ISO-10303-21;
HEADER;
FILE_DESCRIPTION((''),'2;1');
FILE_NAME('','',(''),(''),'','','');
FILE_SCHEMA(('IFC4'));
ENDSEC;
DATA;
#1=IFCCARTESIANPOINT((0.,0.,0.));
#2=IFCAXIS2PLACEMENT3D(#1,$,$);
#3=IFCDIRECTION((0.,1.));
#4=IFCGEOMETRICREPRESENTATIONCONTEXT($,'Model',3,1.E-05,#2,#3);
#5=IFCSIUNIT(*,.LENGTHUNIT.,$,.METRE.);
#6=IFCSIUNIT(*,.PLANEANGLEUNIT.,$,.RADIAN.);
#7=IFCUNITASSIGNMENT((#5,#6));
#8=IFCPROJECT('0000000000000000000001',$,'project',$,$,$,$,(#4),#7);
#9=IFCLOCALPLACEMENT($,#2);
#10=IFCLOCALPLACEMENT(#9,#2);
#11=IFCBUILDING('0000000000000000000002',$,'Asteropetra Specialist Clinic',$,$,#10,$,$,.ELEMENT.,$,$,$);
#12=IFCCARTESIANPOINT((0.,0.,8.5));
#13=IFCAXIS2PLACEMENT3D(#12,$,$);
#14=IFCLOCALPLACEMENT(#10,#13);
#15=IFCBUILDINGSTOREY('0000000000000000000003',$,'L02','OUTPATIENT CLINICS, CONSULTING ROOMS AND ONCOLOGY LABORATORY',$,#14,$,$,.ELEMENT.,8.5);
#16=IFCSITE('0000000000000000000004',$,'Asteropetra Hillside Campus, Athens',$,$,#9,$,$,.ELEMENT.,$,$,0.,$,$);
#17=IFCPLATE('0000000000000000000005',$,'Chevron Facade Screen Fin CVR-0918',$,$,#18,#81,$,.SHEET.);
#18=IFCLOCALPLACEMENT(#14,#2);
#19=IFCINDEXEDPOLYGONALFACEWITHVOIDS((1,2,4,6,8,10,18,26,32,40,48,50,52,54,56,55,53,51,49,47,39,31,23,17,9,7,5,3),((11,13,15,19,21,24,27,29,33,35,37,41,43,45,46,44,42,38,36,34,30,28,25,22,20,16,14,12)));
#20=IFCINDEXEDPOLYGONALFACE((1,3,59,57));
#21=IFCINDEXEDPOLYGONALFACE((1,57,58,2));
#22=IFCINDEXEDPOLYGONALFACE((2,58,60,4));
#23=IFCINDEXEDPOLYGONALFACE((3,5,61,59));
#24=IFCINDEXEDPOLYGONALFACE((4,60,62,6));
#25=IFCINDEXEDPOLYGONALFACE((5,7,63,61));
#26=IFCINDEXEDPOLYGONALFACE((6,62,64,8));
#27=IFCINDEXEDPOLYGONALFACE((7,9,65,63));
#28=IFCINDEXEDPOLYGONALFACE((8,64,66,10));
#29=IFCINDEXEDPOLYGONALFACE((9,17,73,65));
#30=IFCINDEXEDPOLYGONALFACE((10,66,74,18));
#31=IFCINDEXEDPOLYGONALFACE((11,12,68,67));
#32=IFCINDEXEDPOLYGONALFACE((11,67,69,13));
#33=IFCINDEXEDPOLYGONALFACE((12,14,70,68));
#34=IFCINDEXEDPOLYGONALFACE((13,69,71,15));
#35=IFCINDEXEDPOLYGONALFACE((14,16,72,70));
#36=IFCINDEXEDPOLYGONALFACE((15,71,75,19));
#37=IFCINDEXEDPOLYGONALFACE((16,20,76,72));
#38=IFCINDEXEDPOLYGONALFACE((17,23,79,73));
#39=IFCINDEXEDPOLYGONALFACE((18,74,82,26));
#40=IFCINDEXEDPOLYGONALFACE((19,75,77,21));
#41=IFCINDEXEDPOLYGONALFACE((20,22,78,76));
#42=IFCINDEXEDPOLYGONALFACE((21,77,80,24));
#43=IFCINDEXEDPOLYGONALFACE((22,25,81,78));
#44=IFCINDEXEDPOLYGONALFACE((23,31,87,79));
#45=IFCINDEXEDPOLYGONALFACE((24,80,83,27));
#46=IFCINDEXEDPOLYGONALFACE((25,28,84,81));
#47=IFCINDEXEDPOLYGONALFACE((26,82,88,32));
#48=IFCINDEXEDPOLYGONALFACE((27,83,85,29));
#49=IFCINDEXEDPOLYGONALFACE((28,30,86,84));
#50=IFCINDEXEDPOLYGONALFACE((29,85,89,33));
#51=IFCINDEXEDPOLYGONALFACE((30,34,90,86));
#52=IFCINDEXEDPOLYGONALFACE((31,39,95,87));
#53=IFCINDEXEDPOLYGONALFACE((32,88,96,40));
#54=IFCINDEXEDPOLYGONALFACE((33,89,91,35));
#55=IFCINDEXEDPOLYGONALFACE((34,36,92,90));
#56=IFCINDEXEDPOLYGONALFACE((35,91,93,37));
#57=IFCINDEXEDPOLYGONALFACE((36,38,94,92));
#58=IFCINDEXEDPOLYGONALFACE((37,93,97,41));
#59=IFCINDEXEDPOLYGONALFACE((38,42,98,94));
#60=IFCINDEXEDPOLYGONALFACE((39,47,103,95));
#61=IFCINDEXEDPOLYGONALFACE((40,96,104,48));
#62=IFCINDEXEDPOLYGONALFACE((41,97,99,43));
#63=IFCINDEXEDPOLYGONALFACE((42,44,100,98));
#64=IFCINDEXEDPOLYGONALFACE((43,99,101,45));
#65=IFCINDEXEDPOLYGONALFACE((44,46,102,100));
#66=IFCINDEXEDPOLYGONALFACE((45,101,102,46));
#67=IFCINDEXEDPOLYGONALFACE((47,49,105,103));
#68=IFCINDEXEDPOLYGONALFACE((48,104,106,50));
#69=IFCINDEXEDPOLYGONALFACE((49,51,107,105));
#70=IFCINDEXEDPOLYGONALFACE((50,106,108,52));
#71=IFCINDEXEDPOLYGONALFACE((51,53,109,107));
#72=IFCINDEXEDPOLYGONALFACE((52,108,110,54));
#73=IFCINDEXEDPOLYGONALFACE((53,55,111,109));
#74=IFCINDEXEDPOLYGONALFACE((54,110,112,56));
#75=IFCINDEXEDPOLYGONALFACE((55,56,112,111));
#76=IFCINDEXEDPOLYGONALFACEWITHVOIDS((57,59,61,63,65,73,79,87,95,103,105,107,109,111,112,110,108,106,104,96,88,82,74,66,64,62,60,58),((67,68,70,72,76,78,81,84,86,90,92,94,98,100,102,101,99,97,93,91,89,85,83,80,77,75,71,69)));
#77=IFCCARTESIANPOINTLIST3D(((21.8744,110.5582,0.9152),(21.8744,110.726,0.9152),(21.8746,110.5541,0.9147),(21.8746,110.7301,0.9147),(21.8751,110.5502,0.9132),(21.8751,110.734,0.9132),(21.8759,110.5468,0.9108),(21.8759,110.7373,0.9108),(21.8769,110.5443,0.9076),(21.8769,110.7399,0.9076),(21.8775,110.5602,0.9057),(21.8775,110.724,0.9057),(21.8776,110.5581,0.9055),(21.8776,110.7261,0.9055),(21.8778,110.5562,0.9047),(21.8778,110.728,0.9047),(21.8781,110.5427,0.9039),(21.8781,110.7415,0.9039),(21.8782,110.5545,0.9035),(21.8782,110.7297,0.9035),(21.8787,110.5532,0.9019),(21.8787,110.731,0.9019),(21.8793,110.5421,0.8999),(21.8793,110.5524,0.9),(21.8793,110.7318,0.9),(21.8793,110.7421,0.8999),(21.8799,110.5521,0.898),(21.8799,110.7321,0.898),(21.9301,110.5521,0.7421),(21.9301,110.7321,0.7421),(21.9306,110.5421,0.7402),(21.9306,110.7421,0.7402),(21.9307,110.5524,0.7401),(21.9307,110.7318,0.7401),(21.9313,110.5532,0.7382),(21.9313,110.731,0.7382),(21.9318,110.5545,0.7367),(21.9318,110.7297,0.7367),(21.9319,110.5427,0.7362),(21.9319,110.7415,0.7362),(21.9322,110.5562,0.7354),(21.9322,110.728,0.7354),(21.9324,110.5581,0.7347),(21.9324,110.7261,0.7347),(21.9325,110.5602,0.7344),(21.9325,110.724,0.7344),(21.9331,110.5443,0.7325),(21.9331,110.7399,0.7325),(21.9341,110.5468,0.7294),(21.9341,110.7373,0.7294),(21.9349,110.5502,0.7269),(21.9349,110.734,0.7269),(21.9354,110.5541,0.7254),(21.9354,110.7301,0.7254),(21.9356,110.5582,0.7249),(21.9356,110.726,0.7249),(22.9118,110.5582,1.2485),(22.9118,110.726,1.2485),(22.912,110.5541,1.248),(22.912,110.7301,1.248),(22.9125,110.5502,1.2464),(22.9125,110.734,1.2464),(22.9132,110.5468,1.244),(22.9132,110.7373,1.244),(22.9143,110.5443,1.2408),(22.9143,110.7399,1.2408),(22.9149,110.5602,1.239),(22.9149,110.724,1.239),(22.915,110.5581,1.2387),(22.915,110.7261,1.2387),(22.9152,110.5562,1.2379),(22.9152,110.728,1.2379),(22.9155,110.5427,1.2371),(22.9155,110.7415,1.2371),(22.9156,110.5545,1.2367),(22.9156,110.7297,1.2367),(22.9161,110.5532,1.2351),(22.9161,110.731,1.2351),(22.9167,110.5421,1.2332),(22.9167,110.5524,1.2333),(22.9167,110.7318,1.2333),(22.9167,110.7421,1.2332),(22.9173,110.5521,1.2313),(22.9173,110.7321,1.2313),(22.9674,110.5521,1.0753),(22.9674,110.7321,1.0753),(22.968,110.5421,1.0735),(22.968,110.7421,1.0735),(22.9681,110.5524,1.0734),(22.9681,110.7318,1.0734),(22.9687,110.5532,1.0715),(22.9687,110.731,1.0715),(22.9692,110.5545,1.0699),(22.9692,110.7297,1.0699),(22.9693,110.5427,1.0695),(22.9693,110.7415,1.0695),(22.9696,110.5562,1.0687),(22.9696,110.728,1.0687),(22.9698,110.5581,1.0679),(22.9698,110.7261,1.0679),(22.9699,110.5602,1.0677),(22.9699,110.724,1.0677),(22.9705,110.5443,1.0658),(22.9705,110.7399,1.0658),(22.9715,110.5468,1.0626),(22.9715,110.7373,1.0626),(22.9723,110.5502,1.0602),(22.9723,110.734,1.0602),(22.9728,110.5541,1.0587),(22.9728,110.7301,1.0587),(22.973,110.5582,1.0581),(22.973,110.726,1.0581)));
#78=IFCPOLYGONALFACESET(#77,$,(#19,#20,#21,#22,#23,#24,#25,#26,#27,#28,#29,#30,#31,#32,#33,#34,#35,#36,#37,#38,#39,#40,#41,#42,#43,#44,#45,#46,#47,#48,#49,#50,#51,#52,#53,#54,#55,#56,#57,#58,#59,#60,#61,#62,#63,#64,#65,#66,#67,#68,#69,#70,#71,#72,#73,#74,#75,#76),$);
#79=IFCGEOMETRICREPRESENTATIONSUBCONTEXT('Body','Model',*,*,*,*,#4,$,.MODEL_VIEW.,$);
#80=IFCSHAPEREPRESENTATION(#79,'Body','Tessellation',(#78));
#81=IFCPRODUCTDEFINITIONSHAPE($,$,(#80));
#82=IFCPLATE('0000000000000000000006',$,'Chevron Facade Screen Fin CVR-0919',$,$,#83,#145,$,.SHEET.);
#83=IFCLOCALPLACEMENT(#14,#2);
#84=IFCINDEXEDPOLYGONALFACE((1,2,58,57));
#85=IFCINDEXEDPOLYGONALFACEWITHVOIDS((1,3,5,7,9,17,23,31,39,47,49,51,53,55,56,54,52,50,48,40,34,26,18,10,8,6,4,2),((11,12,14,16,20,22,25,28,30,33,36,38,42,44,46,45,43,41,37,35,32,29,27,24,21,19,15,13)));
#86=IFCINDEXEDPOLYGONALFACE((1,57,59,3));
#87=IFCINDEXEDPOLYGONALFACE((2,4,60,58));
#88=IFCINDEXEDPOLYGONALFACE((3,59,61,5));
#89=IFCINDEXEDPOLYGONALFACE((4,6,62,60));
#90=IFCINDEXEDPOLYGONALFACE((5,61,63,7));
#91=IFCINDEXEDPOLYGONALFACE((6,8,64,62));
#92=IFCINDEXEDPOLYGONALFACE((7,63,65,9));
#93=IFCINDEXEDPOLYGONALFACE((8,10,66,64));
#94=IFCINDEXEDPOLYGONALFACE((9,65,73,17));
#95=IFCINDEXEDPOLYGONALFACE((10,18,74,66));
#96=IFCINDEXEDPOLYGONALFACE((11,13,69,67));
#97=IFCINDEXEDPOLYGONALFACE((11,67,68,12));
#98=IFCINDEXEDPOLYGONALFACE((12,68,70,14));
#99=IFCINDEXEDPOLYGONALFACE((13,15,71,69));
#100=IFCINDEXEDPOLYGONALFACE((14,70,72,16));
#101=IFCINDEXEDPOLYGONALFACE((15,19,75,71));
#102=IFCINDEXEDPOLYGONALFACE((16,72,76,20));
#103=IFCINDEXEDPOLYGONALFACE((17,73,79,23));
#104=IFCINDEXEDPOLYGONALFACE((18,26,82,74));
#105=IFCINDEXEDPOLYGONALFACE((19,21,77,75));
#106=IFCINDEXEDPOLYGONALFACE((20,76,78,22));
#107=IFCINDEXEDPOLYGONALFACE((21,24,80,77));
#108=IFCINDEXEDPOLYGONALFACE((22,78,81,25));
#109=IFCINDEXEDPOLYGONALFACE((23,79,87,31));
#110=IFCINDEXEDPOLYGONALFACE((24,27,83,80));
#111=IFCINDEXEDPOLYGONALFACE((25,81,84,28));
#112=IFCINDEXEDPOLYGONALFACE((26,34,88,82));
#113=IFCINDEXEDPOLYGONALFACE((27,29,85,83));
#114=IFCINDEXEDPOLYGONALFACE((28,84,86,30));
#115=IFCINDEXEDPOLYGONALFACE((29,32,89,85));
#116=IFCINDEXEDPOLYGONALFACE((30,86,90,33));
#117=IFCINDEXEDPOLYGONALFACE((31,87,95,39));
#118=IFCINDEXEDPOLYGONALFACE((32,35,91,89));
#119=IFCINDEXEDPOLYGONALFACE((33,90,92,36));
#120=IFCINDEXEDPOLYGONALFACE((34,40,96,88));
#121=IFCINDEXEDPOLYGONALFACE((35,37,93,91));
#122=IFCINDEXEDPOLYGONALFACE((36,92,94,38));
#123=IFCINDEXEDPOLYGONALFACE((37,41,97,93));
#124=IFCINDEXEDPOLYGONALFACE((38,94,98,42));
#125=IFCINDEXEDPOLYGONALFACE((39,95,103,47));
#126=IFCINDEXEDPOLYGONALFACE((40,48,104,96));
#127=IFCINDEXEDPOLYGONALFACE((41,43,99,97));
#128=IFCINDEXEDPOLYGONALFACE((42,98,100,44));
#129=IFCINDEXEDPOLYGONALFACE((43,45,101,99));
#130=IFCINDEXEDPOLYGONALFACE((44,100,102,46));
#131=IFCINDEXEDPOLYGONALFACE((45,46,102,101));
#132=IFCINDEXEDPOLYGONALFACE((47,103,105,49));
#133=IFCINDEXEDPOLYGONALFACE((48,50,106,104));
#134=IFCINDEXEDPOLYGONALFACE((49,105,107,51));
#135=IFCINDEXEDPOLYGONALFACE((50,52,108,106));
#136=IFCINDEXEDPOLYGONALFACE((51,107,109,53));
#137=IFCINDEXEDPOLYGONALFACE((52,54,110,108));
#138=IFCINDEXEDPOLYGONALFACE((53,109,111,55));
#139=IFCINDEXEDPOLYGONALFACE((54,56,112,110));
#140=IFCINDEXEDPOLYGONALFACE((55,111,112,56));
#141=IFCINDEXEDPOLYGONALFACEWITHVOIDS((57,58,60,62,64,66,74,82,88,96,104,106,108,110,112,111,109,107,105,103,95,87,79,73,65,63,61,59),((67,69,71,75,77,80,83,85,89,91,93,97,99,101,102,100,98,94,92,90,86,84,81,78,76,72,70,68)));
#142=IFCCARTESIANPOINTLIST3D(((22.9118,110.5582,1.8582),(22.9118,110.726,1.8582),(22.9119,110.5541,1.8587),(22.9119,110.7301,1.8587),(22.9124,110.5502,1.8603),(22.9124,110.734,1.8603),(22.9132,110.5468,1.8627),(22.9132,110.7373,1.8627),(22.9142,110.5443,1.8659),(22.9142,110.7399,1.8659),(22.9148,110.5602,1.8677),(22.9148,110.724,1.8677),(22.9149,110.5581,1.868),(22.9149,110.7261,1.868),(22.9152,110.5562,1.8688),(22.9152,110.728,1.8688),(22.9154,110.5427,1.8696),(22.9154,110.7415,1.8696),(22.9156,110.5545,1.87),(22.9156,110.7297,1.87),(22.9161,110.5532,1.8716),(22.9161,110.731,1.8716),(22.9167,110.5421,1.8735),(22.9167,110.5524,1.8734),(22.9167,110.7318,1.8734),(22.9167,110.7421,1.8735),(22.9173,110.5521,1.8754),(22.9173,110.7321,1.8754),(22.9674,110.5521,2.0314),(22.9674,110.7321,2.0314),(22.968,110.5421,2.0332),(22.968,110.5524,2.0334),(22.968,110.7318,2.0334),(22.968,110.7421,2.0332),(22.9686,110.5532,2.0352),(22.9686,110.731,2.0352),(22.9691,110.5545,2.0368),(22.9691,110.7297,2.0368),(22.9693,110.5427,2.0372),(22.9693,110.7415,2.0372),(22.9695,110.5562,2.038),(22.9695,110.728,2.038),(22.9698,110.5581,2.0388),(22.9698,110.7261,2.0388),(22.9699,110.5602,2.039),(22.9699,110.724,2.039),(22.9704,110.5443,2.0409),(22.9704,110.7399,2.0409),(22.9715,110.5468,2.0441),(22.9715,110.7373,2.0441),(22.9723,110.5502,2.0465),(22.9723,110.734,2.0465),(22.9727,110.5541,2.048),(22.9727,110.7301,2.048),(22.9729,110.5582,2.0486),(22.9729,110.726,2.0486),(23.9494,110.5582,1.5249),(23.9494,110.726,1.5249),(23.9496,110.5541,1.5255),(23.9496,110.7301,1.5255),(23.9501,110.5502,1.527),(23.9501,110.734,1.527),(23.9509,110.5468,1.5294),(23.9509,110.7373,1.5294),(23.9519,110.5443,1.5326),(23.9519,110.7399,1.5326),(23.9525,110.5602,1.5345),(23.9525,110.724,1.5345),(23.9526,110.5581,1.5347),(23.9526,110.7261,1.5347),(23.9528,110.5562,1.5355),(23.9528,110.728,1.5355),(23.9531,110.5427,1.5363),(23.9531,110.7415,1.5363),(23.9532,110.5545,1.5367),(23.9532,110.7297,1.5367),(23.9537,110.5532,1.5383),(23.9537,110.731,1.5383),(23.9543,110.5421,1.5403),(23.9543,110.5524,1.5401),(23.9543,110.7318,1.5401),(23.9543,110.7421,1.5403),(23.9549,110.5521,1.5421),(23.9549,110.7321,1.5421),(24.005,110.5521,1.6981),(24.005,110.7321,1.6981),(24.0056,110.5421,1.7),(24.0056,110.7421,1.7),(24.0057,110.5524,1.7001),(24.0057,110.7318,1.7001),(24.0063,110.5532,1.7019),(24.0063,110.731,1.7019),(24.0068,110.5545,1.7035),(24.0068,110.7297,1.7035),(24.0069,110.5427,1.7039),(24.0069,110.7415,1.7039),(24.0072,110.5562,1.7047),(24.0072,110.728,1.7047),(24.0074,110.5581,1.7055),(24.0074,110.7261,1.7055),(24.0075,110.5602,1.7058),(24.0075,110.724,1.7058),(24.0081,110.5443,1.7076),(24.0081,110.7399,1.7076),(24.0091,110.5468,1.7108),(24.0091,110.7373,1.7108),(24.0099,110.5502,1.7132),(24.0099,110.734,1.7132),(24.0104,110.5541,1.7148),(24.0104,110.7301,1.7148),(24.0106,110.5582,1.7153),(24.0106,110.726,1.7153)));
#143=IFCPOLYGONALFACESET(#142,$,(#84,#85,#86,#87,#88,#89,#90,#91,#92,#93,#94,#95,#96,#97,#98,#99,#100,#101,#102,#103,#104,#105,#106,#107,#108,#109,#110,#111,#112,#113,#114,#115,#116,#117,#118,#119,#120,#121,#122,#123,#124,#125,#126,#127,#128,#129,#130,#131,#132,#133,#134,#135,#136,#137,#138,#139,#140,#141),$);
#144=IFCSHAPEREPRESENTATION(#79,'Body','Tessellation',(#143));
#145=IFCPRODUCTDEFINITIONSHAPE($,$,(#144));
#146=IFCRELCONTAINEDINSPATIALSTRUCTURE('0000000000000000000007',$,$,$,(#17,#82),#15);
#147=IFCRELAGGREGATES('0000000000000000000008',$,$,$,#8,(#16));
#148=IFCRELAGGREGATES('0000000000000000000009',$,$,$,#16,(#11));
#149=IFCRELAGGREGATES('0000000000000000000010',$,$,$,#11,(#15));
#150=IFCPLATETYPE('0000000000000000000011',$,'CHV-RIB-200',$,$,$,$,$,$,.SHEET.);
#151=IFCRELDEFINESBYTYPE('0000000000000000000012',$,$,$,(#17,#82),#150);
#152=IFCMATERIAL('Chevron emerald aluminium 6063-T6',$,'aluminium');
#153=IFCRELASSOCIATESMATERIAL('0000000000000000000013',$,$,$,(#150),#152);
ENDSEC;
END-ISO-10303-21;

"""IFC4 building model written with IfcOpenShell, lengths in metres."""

from ifc_helpers import new_model, si_unit, direction, frame, origin, origin_2d, place, context, subcontext, project, spatial, hollow_rectangle, extrude, material, material_profile, profile_set, type_object, element, save


model = new_model("IFC4")

# Units and contexts
model_context = context("Model", 3, precision=1e-05, world=origin(), true_north=direction((0.0, 1.0)))
body_context = subcontext(model_context, "Body", "Model", "MODEL_VIEW")
ifc_project = project(units=[si_unit("LENGTHUNIT", "METRE"), si_unit("PLANEANGLEUNIT", "RADIAN")], contexts=[model_context])

# Site, building, storey
site_placement = place(None, origin())
site = spatial("IfcSite", under=ifc_project, at=site_placement, Name="Asteropetra Hillside Campus, Athens", CompositionType="ELEMENT", RefElevation=0.0)
building_placement = place(site_placement, origin())
building = spatial("IfcBuilding", under=site, at=building_placement, Name="Asteropetra Specialist Clinic", CompositionType="ELEMENT")
storey_placement = place(building_placement, frame((0.0, 0.0, 8.5)))
storey = spatial("IfcBuildingStorey", under=building, at=storey_placement, Name="L02", Description="OUTPATIENT CLINICS, CONSULTING ROOMS AND ONCOLOGY LABORATORY", CompositionType="ELEMENT", Elevation=8.5)

# Plates
ifc_material = material(Name="Chevron emerald aluminium 6063-T6", Category="aluminium")
ifc_material_profile = material_profile(ifc_material, hollow_rectangle(XDim=0.2, YDim=0.2, WallThickness=0.01, InnerFilletRadius=0.0081, OuterFilletRadius=0.0161, at=origin_2d()), Name="SHS 200x200x10.0")
ifc_profile_set = profile_set([ifc_material_profile], Name="Chevron emerald aluminium 6063-T6")
plate_type = type_object("IfcPlateType", Name="CHV-RIB-200", PredefinedType="SHEET", material=ifc_profile_set)
plate_1_placement = place(storey_placement, frame((22.9424, 110.6421, 1.1533), z_axis=(-0.952078, 0.0, -0.305857), x_axis=(0.0, -1.0, 0.0)))
element("IfcPlate", 1, at=plate_1_placement, inside=storey, type_object=plate_type, Name="Chevron Facade Screen Fin CVR-0918", PredefinedType="SHEET", context=body_context, shape_type="SweptSolid", body=[
    extrude(hollow_rectangle(XDim=0.2, YDim=0.2, WallThickness=0.01, InnerFilletRadius=0.0081, OuterFilletRadius=0.0161, at=origin_2d()), origin(), (0.0, 0.0, 1.0), 1.0896),
])
plate_2_placement = place(storey_placement, frame((23.98, 110.6421, 1.6201), z_axis=(-0.952098, 0.0, 0.305792), x_axis=(0.0, -1.0, 0.0)))
element("IfcPlate", 2, at=plate_2_placement, inside=storey, type_object=plate_type, Name="Chevron Facade Screen Fin CVR-0919", PredefinedType="SHEET", context=body_context, shape_type="SweptSolid", body=[
    extrude(hollow_rectangle(XDim=0.2, YDim=0.2, WallThickness=0.01, InnerFilletRadius=0.0081, OuterFilletRadius=0.0161, at=origin_2d()), origin(), (0.0, 0.0, 1.0), 1.0898),
])

save(model, "model.ifc")
